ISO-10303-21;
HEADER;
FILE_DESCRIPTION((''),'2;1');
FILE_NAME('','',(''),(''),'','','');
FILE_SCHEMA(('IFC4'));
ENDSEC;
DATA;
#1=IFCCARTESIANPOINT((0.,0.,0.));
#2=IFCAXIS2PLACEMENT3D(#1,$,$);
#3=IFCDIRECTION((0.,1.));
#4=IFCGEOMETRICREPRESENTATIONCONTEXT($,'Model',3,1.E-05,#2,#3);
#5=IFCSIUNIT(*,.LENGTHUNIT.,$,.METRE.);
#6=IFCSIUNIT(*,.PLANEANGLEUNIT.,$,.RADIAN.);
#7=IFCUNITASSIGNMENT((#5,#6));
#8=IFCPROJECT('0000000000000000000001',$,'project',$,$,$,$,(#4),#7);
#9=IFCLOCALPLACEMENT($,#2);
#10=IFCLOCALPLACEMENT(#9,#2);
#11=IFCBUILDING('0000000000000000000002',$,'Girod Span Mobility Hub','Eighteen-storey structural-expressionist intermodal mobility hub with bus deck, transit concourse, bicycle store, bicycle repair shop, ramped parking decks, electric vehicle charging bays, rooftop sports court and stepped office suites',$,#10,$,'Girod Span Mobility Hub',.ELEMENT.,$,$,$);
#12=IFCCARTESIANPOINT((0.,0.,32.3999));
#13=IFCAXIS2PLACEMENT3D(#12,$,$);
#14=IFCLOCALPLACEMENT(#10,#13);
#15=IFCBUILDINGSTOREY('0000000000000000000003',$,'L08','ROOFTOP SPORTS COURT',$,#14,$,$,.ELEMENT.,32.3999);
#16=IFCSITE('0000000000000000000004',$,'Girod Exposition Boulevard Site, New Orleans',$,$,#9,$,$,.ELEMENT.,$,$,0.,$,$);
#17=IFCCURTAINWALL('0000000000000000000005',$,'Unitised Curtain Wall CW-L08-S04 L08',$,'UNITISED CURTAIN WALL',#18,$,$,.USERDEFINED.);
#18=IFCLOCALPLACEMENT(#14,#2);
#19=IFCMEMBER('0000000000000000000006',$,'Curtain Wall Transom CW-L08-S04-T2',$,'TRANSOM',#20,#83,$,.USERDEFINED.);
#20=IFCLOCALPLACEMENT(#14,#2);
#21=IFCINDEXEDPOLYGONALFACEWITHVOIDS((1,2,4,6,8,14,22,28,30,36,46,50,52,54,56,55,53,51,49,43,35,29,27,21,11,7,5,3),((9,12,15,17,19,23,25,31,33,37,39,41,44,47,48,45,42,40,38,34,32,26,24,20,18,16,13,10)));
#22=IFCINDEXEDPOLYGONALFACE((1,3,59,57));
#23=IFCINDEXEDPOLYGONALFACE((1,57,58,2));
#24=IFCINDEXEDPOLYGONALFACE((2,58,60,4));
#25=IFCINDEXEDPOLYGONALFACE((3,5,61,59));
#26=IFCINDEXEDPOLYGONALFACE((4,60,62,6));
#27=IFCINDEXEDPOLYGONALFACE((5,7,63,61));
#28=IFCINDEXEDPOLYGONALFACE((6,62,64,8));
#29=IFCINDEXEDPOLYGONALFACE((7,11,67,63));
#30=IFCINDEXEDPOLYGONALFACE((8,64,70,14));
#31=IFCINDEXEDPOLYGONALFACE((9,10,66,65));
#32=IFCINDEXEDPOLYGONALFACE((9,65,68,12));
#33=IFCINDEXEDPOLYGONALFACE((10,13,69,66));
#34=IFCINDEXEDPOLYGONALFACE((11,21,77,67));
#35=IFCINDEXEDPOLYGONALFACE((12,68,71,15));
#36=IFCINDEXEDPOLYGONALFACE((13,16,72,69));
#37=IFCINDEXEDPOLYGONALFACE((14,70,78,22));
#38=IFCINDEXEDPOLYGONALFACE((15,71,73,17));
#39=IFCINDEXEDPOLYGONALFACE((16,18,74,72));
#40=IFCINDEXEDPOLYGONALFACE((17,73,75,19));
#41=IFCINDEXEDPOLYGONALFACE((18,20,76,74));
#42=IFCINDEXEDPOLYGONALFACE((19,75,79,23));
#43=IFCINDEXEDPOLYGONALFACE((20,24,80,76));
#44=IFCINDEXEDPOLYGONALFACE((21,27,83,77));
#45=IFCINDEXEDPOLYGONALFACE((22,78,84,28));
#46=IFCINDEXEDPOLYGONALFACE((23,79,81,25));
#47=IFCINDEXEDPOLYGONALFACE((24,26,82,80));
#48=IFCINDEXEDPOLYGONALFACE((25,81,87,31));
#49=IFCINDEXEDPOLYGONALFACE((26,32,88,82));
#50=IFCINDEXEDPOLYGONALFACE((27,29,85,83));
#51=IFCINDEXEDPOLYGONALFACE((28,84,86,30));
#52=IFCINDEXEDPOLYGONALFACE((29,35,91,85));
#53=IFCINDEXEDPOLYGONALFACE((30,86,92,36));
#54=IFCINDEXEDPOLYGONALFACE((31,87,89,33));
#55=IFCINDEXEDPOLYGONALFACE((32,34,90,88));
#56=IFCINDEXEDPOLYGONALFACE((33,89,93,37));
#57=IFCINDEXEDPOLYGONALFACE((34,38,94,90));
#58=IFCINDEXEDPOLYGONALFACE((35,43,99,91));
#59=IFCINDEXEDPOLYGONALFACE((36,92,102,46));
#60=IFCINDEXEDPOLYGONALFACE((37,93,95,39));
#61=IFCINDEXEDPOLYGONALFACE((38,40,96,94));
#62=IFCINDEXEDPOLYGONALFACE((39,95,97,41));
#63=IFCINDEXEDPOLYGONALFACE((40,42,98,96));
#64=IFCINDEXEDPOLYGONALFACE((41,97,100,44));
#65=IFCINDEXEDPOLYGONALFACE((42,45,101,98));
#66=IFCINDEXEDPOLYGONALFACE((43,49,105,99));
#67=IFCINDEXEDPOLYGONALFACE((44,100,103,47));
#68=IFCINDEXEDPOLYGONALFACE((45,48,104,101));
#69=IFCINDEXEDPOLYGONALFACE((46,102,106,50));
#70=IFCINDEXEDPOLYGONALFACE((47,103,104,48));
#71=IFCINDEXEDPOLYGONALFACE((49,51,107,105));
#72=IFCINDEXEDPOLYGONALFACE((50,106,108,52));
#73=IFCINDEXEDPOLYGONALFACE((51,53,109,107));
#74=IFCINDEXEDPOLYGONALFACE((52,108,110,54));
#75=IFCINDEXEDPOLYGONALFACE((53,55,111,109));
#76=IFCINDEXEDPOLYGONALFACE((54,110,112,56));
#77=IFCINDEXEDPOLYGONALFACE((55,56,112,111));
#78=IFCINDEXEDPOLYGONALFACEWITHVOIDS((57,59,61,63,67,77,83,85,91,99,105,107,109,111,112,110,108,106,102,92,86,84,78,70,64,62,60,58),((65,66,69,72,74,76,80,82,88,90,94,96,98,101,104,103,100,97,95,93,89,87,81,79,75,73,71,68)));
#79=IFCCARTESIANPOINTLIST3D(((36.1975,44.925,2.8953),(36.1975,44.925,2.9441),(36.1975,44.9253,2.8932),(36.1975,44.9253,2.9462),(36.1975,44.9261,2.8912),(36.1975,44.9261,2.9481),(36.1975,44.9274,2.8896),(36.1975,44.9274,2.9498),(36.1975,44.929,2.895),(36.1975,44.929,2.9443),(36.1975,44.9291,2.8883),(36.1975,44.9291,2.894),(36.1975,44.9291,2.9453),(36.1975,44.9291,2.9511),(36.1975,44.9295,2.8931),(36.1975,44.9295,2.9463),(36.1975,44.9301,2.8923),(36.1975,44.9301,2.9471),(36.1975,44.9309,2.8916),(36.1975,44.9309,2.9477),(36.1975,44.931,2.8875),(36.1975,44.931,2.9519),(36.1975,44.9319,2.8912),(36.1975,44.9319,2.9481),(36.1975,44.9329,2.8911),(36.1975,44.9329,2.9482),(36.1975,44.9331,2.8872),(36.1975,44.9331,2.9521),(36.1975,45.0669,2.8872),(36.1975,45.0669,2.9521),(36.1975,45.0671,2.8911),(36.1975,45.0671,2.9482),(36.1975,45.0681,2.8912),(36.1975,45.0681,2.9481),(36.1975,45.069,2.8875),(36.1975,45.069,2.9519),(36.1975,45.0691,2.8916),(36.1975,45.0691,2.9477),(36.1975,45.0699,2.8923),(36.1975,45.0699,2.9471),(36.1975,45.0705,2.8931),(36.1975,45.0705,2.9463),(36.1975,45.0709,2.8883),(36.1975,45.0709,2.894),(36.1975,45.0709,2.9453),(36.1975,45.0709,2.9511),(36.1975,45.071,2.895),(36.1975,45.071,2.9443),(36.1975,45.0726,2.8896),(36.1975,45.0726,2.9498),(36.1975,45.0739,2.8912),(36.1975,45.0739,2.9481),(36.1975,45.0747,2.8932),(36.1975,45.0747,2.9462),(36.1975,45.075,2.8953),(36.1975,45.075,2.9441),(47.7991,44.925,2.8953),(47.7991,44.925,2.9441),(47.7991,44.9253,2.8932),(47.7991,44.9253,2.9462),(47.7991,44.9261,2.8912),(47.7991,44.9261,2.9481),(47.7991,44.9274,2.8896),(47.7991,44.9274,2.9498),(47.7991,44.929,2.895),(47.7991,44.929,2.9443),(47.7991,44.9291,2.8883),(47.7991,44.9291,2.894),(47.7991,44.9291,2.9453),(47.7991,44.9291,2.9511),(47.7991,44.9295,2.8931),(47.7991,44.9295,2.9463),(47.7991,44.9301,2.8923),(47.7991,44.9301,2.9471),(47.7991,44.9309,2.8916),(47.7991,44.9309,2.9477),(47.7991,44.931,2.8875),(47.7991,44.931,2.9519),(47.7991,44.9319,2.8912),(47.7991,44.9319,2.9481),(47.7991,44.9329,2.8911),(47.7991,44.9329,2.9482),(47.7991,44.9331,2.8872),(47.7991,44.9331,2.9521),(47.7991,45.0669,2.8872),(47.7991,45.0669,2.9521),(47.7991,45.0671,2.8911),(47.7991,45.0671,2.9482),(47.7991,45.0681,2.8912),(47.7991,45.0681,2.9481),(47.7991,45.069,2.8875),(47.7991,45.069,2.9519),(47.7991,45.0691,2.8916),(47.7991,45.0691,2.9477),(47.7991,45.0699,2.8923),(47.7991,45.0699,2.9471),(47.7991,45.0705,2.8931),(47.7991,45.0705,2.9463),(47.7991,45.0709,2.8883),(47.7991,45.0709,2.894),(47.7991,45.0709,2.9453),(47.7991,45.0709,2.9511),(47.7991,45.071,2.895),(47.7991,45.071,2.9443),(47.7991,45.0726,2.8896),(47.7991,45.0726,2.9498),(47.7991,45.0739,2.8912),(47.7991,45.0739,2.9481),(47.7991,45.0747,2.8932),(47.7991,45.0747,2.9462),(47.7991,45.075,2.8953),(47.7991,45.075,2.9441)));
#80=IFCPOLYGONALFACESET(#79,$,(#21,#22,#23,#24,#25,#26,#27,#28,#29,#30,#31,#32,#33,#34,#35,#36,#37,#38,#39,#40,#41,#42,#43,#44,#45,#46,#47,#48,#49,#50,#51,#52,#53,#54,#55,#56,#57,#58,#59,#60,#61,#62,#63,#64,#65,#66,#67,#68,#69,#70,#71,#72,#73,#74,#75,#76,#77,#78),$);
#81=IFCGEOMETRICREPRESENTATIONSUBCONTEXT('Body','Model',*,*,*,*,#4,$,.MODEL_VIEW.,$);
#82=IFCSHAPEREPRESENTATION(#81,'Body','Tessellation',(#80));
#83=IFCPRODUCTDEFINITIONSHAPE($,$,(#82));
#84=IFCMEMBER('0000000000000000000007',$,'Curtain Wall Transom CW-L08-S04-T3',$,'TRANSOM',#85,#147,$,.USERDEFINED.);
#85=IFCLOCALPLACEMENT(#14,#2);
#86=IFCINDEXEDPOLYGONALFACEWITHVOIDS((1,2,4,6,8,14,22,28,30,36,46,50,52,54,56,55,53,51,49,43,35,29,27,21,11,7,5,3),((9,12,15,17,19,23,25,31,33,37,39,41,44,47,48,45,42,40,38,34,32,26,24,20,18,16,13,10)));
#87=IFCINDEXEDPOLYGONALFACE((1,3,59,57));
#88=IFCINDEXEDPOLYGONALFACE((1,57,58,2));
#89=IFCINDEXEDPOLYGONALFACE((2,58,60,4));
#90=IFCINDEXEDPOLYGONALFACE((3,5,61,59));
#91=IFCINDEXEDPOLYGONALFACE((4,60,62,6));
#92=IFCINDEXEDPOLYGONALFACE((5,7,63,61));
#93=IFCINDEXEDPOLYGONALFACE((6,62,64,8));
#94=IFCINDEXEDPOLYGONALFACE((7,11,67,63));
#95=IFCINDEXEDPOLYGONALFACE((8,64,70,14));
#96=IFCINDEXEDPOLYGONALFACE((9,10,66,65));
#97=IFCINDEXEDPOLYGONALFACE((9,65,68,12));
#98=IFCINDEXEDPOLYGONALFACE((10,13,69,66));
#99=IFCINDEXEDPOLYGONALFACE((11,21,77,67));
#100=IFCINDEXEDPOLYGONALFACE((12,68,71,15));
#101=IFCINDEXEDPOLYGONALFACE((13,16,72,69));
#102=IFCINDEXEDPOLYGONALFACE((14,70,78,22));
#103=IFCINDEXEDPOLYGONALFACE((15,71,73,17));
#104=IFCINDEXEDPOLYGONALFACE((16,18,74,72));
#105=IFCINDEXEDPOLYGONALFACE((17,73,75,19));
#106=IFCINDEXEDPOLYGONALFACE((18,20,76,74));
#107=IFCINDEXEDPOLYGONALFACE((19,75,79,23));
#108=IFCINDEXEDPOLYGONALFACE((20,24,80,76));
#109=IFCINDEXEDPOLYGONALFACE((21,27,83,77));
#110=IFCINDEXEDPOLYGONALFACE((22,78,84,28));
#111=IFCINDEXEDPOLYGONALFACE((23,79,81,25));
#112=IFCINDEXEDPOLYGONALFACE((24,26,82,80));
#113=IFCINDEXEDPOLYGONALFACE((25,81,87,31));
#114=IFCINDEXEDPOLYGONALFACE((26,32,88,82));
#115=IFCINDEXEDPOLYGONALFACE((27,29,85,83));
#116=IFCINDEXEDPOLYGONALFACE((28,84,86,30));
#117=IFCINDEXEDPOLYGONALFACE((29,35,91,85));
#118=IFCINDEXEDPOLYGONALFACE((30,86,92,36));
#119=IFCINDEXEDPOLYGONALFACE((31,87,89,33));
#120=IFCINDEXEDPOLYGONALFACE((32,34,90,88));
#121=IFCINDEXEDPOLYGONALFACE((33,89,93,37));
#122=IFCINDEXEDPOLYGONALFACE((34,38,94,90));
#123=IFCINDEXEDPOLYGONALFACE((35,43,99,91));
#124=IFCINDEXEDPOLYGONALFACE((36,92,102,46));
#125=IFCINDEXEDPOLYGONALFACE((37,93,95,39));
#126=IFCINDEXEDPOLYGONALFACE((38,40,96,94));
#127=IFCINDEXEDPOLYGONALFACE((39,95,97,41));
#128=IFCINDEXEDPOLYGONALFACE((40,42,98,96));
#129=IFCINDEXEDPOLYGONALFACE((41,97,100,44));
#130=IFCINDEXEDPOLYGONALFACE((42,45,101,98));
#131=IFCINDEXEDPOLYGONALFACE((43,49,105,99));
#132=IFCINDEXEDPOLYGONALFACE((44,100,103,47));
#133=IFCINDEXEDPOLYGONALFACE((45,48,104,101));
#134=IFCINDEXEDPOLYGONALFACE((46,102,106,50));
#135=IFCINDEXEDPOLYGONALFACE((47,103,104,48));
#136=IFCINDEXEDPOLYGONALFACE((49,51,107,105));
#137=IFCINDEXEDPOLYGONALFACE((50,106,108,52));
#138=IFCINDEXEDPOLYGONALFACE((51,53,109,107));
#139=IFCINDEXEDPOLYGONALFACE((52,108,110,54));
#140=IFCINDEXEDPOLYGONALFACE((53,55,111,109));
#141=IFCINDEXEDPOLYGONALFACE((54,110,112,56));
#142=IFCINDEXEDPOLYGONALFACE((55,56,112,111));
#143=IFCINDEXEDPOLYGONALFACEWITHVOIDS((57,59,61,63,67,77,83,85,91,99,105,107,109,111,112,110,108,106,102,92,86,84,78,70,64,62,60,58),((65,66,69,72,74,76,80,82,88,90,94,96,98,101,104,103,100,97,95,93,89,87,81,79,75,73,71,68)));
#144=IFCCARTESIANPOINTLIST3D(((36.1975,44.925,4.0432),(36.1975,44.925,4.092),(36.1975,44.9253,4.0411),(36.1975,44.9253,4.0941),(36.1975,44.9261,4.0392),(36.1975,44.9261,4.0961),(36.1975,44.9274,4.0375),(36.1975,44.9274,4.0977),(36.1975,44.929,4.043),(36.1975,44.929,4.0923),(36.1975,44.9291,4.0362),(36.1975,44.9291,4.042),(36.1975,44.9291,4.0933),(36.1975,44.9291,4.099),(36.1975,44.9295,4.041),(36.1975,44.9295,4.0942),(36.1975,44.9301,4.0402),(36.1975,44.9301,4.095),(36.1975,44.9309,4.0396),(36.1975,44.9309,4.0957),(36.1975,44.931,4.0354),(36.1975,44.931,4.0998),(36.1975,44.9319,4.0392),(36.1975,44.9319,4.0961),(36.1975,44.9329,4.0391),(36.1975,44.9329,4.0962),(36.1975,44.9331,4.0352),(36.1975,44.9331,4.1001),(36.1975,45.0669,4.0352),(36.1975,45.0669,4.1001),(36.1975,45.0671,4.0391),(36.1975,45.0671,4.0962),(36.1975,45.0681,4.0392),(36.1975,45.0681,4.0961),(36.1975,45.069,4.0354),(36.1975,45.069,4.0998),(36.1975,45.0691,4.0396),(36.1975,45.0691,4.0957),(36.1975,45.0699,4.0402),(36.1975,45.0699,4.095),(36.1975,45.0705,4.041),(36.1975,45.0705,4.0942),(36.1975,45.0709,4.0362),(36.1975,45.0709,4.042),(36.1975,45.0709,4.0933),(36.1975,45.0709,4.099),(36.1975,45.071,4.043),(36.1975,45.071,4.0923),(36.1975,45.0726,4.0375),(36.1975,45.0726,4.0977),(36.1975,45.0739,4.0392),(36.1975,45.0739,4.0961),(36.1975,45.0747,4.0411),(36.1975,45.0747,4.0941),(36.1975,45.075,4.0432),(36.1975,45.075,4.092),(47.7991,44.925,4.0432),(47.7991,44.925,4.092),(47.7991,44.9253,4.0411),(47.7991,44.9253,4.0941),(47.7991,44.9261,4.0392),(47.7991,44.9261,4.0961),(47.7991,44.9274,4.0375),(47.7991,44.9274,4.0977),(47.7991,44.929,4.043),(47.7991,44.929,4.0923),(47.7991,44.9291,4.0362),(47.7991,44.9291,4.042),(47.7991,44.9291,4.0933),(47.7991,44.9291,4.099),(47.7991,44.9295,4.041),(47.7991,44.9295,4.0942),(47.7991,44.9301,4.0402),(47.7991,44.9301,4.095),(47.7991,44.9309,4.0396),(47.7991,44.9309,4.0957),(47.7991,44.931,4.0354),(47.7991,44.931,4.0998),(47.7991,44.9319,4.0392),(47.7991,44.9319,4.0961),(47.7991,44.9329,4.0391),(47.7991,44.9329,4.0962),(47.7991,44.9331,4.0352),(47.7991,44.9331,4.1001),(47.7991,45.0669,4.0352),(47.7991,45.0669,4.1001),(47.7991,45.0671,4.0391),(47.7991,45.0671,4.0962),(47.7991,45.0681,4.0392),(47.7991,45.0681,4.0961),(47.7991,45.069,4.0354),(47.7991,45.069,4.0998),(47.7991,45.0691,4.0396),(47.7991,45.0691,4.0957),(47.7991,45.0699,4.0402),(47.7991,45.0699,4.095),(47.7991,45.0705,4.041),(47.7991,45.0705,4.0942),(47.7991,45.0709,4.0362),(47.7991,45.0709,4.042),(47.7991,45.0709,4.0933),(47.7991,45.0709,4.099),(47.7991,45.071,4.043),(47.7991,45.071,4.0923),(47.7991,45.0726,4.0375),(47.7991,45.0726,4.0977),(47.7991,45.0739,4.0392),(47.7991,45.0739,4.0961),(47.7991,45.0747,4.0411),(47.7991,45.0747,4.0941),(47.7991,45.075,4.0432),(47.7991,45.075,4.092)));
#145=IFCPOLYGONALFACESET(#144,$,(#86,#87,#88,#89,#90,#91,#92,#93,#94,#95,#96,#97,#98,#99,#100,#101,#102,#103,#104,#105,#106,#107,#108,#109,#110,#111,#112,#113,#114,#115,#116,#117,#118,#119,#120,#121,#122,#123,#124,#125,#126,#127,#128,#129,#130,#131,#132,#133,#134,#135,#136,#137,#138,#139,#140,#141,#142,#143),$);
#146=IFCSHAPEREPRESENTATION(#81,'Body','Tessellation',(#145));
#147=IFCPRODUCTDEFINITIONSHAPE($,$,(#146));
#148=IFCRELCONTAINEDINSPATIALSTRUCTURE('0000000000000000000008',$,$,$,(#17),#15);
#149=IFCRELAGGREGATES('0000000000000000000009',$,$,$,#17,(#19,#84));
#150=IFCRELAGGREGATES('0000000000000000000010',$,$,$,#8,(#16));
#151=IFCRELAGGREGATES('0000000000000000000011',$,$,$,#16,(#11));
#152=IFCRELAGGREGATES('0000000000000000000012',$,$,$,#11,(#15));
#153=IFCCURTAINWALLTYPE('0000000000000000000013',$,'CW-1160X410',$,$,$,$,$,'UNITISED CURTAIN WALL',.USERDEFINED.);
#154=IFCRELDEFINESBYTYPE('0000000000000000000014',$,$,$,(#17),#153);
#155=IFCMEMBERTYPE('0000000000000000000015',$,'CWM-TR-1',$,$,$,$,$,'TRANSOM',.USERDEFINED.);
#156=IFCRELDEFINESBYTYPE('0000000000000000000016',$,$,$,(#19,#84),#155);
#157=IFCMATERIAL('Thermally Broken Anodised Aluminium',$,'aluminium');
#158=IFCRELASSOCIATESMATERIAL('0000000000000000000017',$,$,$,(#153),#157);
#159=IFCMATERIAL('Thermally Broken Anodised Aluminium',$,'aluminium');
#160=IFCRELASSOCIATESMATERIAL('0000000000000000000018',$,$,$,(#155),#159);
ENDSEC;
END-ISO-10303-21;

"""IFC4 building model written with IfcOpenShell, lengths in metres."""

from ifc_helpers import new_model, si_unit, direction, frame, origin, origin_2d, place, context, subcontext, project, spatial, hollow_rectangle, extrude, material, material_profile, profile_set, type_object, element, aggregate, save


model = new_model("IFC4")

# Units and contexts
model_context = context("Model", 3, precision=1e-05, world=origin(), true_north=direction((0.0, 1.0)))
body_context = subcontext(model_context, "Body", "Model", "MODEL_VIEW")
ifc_project = project(units=[si_unit("LENGTHUNIT", "METRE"), si_unit("PLANEANGLEUNIT", "RADIAN")], contexts=[model_context])

# Site, building, storey
site_placement = place(None, origin())
site = spatial("IfcSite", under=ifc_project, at=site_placement, Name="Girod Exposition Boulevard Site, New Orleans", CompositionType="ELEMENT", RefElevation=0.0)
building_placement = place(site_placement, origin())
building = spatial("IfcBuilding", under=site, at=building_placement, Name="Girod Span Mobility Hub", Description="Eighteen-storey structural-expressionist intermodal mobility hub with bus deck, transit concourse, bicycle store, bicycle repair shop, ramped parking decks, electric vehicle charging bays, rooftop sports court and stepped office suites", LongName="Girod Span Mobility Hub", CompositionType="ELEMENT")
storey_placement = place(building_placement, frame((0.0, 0.0, 32.3999)))
storey = spatial("IfcBuildingStorey", under=building, at=storey_placement, Name="L08", Description="ROOFTOP SPORTS COURT", CompositionType="ELEMENT", Elevation=32.3999)

# Shared definitions
ifc_material_1 = material(Name="Thermally Broken Anodised Aluminium", Category="aluminium")
curtain_wall_type = type_object("IfcCurtainWallType", Name="CW-1160X410", ElementType="UNITISED CURTAIN WALL", PredefinedType="USERDEFINED", material=ifc_material_1)

# Curtain wall, members
curtain_wall_1_placement = place(storey_placement, origin())
curtain_wall_1 = element("IfcCurtainWall", 1, at=curtain_wall_1_placement, inside=storey, type_object=curtain_wall_type, Name="Unitised Curtain Wall CW-L08-S04 L08", ObjectType="UNITISED CURTAIN WALL", PredefinedType="USERDEFINED")
ifc_material_2 = material(Name="Thermally Broken Anodised Aluminium", Category="aluminium")
ifc_material_profile_1 = material_profile(ifc_material_2, hollow_rectangle(XDim=0.1499, YDim=0.0649, WallThickness=0.0039, InnerFilletRadius=0.0039, OuterFilletRadius=0.0081, at=origin_2d()), Name="CW-TR-65X150")
ifc_profile_set_1 = profile_set([ifc_material_profile_1], Name="Thermally Broken Anodised Aluminium")
member_type_1 = type_object("IfcMemberType", Name="CWM-TR-1", ElementType="TRANSOM", PredefinedType="USERDEFINED", material=ifc_profile_set_1)
member_1_placement = place(storey_placement, frame((36.1975, 45.0, 2.9197), z_axis=(1.0, 0.0, 0.0), x_axis=(0.0, 1.0, 0.0)))
member_1 = element("IfcMember", 2, at=member_1_placement, type_object=member_type_1, Name="Curtain Wall Transom CW-L08-S04-T2", ObjectType="TRANSOM", PredefinedType="USERDEFINED", context=body_context, shape_type="SweptSolid", body=[
    extrude(hollow_rectangle(XDim=0.1499, YDim=0.0649, WallThickness=0.0039, InnerFilletRadius=0.0039, OuterFilletRadius=0.0081, at=origin_2d()), origin(), (0.0, 0.0, 1.0), 11.6016),
])
member_2_placement = place(storey_placement, frame((36.1975, 45.0, 4.0676), z_axis=(1.0, 0.0, 0.0), x_axis=(0.0, 1.0, 0.0)))
member_2 = element("IfcMember", 3, at=member_2_placement, type_object=member_type_1, Name="Curtain Wall Transom CW-L08-S04-T3", ObjectType="TRANSOM", PredefinedType="USERDEFINED", context=body_context, shape_type="SweptSolid", body=[
    extrude(hollow_rectangle(XDim=0.1499, YDim=0.0649, WallThickness=0.0039, InnerFilletRadius=0.0039, OuterFilletRadius=0.0081, at=origin_2d()), origin(), (0.0, 0.0, 1.0), 11.6016),
])

aggregate(curtain_wall_1, [member_1, member_2])

save(model, "model.ifc")
